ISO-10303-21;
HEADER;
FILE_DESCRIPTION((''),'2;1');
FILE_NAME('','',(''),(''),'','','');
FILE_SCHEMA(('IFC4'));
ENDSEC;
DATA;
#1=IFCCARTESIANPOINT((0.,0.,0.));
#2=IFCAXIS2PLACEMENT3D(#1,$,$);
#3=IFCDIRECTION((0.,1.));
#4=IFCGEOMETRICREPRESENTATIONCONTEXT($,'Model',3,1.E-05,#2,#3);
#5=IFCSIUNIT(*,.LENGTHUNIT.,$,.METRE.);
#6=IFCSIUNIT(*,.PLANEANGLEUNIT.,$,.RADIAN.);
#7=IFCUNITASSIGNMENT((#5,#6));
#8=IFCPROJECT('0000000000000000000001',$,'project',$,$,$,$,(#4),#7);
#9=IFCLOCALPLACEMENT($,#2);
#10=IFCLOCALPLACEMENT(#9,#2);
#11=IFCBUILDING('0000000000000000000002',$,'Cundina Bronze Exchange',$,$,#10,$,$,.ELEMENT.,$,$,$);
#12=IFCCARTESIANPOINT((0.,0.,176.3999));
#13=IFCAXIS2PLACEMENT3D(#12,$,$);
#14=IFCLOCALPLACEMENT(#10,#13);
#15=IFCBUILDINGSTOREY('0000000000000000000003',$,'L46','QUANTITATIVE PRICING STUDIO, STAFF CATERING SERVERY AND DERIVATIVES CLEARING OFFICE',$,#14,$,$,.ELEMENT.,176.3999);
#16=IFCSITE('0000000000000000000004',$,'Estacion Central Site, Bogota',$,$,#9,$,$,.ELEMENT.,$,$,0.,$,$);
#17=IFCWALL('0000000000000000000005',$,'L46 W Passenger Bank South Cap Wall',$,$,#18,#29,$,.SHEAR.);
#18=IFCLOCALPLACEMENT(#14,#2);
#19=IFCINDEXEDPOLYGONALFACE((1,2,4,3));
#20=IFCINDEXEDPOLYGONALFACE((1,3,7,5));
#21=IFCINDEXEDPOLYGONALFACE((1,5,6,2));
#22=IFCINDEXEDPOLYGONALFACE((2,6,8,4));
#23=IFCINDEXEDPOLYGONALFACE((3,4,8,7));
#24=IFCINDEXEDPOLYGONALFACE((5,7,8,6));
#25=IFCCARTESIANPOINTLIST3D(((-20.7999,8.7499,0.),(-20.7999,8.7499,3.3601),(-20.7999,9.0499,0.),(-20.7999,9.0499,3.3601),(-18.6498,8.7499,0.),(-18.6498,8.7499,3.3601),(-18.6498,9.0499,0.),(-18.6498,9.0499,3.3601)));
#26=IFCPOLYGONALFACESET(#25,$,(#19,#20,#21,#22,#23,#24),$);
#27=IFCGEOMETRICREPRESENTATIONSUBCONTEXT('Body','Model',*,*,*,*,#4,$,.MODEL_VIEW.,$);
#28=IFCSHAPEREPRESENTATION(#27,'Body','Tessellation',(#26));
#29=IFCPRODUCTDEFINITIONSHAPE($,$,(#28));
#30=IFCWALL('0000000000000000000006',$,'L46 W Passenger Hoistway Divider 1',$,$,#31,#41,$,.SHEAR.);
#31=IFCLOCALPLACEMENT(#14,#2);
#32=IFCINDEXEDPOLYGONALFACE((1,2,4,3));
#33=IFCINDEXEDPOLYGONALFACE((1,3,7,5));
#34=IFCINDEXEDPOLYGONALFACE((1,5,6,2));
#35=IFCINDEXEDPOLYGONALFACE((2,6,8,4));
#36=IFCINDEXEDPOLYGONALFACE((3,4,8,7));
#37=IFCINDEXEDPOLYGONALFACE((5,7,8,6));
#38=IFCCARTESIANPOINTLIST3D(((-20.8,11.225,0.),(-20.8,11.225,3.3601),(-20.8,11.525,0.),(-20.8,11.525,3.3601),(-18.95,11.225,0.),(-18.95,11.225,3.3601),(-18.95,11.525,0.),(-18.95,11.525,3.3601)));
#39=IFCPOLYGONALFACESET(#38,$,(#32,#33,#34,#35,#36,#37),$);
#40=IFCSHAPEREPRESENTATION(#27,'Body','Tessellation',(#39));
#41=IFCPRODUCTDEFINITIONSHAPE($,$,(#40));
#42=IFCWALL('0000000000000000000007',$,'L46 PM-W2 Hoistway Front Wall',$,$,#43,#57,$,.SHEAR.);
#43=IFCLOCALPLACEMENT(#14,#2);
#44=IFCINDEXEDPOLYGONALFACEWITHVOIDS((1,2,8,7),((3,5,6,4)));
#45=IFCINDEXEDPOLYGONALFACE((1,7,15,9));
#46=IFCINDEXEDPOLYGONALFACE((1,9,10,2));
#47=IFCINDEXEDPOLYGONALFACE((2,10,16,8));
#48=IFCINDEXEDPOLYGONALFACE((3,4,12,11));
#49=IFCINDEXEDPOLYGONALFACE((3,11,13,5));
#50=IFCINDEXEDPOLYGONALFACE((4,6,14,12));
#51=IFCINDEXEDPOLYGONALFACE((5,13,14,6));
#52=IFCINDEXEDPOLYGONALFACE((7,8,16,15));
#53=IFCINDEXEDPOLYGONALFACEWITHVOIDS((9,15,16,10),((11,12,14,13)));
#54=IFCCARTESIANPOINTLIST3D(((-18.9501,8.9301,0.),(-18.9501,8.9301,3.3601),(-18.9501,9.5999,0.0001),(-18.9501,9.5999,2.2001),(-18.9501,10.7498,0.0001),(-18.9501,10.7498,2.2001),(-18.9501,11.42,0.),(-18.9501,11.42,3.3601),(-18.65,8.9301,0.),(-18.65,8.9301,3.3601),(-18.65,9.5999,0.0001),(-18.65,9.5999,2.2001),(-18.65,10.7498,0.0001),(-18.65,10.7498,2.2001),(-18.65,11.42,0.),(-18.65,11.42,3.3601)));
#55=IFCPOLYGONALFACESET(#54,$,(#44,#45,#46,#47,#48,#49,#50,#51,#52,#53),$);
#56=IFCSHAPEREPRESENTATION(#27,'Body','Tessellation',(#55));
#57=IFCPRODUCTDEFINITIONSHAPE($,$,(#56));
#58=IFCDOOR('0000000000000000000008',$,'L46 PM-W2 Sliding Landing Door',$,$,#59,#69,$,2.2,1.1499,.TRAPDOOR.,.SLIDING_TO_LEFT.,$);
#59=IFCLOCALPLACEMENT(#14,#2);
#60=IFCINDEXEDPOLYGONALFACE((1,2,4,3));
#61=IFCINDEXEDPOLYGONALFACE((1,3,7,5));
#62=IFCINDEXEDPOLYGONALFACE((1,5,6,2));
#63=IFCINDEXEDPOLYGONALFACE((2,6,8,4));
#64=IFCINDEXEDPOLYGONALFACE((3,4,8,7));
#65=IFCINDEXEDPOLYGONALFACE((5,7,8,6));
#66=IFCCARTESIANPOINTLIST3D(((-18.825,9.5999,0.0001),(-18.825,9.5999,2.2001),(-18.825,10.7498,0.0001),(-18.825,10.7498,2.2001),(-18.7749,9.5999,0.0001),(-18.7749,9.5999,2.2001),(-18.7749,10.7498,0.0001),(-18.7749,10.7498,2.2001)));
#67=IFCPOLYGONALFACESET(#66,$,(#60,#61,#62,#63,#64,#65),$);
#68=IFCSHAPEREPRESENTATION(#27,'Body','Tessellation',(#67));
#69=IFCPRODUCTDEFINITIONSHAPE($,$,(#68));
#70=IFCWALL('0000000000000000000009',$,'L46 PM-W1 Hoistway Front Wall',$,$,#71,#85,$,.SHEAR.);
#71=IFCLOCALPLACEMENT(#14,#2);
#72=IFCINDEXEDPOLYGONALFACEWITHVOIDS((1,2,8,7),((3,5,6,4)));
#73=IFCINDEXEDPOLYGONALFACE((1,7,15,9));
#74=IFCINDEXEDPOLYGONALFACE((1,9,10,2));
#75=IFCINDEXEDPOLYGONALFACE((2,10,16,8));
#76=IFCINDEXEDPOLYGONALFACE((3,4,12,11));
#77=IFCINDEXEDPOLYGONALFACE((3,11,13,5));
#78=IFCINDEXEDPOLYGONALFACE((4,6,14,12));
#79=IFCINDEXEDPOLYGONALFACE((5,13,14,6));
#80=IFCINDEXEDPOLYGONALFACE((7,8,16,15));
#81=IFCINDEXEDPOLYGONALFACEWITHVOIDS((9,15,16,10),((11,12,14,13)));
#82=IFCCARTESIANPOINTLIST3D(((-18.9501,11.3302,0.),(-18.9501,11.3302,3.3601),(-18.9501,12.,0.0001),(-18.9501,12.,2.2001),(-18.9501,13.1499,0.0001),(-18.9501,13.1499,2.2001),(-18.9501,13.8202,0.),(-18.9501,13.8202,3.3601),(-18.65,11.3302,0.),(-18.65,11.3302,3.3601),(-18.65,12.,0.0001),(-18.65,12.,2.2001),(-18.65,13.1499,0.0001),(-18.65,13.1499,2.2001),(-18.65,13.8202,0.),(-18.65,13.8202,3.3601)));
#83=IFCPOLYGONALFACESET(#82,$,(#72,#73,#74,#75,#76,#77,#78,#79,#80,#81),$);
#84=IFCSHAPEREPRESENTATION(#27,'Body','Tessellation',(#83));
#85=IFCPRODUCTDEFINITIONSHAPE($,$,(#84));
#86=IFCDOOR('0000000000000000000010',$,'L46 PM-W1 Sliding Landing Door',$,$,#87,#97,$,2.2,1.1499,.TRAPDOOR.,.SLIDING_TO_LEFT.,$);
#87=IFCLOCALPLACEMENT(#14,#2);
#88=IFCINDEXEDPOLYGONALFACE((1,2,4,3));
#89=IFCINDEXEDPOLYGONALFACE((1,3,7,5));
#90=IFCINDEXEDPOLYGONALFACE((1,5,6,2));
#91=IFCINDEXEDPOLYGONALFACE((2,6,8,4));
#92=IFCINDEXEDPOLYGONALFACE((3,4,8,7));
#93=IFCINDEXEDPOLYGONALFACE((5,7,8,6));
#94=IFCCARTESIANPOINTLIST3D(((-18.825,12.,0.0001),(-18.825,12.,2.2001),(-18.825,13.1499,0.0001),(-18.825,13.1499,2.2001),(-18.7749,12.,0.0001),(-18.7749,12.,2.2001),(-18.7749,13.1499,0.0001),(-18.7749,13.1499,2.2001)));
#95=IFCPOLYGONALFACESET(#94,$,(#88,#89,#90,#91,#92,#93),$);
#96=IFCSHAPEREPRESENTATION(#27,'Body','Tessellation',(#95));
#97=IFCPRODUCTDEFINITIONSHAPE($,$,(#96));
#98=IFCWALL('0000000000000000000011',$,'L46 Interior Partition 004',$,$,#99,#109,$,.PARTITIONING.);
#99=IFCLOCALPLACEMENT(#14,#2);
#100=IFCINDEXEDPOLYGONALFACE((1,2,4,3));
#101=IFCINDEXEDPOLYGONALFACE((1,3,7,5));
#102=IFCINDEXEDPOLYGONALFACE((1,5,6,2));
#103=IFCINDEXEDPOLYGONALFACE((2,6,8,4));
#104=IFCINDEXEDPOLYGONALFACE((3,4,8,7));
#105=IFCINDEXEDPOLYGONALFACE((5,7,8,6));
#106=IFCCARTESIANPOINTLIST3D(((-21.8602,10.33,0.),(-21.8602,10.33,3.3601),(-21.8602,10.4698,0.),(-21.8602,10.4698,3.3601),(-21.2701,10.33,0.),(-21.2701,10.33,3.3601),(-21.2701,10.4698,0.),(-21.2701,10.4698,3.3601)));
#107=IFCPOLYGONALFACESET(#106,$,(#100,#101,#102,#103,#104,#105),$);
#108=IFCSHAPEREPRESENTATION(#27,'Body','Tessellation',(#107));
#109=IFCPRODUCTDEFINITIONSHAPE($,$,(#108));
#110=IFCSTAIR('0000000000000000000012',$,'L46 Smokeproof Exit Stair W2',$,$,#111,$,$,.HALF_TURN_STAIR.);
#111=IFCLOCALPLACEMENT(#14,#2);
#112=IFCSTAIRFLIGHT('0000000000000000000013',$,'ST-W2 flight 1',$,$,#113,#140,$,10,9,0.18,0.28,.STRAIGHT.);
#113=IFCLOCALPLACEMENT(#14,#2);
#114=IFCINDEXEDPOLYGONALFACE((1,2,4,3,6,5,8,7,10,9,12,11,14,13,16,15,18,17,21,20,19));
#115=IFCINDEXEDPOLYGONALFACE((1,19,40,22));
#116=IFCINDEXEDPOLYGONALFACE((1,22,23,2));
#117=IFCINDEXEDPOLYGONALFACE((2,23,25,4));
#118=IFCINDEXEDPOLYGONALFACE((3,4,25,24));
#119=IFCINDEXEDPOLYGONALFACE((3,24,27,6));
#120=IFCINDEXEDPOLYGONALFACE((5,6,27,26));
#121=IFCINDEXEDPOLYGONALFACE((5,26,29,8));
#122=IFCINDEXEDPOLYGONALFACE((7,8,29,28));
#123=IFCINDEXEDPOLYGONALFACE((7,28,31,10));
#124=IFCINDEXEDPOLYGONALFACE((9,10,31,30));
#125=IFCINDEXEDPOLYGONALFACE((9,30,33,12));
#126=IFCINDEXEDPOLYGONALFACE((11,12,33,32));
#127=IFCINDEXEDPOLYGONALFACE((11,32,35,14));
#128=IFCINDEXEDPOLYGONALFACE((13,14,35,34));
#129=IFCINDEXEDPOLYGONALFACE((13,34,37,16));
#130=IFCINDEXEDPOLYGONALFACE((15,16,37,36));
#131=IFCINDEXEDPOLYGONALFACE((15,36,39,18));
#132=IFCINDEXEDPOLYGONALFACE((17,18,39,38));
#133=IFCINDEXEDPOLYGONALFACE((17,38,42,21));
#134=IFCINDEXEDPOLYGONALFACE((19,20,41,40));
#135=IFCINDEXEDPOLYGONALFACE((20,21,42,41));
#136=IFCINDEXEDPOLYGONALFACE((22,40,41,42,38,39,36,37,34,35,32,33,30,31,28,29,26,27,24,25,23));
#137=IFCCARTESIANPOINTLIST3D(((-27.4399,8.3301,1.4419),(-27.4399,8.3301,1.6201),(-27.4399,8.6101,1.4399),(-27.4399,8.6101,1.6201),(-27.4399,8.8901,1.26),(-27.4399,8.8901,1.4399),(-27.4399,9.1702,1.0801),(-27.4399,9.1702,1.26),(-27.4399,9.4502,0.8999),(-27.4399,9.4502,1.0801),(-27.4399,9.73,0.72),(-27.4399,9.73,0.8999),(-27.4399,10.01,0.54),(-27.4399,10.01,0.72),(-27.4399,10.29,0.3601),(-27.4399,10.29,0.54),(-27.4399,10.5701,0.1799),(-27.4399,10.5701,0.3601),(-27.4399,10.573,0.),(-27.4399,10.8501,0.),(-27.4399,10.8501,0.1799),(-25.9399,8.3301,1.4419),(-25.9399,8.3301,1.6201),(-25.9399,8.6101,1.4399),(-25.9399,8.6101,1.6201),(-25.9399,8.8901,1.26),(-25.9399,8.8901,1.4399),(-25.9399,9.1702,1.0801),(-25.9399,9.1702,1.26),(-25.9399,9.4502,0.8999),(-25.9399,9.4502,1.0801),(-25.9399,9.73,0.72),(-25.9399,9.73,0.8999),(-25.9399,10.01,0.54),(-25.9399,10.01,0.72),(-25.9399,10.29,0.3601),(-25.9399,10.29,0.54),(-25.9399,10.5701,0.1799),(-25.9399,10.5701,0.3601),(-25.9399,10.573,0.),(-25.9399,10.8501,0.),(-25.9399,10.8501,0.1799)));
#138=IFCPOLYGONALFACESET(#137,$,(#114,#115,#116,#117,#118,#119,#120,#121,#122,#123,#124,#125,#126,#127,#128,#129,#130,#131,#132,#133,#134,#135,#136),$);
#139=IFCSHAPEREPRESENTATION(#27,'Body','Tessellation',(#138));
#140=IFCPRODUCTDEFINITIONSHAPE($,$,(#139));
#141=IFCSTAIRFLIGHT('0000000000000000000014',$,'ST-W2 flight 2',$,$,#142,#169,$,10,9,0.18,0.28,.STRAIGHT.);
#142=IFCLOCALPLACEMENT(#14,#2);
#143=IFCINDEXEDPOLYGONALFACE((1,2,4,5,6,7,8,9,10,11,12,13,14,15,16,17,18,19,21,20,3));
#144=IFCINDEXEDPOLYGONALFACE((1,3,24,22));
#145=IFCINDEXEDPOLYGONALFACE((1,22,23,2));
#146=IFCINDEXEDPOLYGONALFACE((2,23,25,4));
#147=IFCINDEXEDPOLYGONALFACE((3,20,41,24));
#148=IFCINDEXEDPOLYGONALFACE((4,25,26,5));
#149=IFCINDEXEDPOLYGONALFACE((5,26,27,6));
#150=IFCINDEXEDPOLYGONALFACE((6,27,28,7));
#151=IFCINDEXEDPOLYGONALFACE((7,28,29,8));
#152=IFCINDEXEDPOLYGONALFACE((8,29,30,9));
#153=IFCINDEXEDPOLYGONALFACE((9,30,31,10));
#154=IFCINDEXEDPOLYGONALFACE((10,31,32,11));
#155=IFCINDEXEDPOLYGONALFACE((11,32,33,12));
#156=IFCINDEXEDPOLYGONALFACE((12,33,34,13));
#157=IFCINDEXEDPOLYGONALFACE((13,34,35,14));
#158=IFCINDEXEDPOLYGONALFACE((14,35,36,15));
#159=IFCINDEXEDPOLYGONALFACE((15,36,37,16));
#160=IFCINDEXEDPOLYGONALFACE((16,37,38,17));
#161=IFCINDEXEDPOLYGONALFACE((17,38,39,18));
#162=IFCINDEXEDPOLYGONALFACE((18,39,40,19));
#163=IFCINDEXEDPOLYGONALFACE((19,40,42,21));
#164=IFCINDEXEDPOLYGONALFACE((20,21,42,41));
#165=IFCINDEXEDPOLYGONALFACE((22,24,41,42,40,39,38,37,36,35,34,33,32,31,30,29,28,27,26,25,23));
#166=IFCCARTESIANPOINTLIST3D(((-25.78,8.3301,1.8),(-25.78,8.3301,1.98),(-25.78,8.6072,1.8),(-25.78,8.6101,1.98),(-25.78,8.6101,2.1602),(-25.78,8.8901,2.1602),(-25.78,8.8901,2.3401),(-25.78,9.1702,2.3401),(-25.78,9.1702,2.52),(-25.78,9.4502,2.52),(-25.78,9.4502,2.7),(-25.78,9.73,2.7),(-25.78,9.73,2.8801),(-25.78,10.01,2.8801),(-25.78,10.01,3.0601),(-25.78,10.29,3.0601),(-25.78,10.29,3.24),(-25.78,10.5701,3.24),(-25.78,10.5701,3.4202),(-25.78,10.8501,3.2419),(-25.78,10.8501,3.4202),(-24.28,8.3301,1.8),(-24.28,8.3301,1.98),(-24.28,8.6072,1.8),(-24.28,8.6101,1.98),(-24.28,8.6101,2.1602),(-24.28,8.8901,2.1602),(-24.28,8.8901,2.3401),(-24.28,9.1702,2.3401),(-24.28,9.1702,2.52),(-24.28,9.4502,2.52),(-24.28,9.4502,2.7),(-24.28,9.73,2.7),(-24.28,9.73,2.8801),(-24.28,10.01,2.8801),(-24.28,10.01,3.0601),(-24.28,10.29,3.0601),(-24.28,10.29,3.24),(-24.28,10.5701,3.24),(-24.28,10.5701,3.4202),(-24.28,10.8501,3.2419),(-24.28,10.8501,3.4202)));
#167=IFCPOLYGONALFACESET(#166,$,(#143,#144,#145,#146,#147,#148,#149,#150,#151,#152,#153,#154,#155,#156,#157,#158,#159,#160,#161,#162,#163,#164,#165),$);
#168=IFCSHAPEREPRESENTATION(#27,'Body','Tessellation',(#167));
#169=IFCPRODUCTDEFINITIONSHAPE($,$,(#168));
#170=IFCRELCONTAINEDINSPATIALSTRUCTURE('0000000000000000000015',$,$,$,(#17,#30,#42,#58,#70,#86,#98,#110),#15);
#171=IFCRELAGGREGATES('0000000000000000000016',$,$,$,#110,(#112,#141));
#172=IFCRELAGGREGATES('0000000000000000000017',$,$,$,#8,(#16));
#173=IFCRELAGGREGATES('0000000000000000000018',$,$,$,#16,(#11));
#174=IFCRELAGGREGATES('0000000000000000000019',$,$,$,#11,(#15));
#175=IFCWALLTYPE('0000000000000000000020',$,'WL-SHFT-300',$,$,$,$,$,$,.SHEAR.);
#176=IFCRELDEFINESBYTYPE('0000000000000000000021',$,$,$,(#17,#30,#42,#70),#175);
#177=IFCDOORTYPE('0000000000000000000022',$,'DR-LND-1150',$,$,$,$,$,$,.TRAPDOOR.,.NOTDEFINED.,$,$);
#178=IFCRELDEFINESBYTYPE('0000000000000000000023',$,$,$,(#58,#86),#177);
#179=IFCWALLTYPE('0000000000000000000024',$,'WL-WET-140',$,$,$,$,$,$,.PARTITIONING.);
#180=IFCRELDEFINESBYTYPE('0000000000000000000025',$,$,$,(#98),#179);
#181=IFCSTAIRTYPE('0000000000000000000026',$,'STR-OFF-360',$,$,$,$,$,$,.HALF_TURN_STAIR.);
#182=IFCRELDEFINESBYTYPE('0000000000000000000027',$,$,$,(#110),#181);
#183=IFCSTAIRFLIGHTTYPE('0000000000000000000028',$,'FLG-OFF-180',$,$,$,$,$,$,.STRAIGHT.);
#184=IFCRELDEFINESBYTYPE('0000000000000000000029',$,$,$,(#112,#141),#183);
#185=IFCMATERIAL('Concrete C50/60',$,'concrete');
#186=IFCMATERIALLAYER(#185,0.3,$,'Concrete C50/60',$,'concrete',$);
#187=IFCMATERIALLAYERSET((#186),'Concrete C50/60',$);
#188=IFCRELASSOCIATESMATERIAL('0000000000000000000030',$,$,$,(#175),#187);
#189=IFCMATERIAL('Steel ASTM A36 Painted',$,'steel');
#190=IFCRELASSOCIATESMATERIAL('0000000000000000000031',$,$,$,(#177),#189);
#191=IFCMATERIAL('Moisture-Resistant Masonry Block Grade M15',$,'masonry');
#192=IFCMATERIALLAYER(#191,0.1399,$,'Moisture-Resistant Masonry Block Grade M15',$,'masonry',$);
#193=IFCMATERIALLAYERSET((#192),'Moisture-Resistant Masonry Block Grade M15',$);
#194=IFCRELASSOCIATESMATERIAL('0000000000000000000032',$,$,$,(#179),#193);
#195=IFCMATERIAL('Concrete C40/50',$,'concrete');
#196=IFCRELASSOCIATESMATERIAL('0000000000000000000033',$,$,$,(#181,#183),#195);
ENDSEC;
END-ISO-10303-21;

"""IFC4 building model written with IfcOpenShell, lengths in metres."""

from ifc_helpers import new_model, si_unit, direction, frame, frame_2d, origin, place, context, subcontext, project, spatial, polyline, rectangle, outline, extrude, material, layer, layer_set, type_object, element, fill, aggregate, save


model = new_model("IFC4")

# Units and contexts
model_context = context("Model", 3, precision=1e-05, world=origin(), true_north=direction((0.0, 1.0)))
body_context = subcontext(model_context, "Body", "Model", "MODEL_VIEW")
ifc_project = project(units=[si_unit("LENGTHUNIT", "METRE"), si_unit("PLANEANGLEUNIT", "RADIAN")], contexts=[model_context])

# Site, building, storey
site_placement = place(None, origin())
site = spatial("IfcSite", under=ifc_project, at=site_placement, Name="Estacion Central Site, Bogota", CompositionType="ELEMENT", RefElevation=0.0)
building_placement = place(site_placement, origin())
building = spatial("IfcBuilding", under=site, at=building_placement, Name="Cundina Bronze Exchange", CompositionType="ELEMENT")
storey_placement = place(building_placement, frame((0.0, 0.0, 176.3999)))
storey = spatial("IfcBuildingStorey", under=building, at=storey_placement, Name="L46", Description="QUANTITATIVE PRICING STUDIO, STAFF CATERING SERVERY AND DERIVATIVES CLEARING OFFICE", CompositionType="ELEMENT", Elevation=176.3999)

# Shared definitions
ifc_material_1 = material(Name="Concrete C50/60", Category="concrete")

# Shared definitions
ifc_layer_1 = layer(ifc_material_1, 0.3, Name="Concrete C50/60", Category="concrete")
ifc_layer_set_1 = layer_set([ifc_layer_1], Name="Concrete C50/60")
wall_type_1 = type_object("IfcWallType", Name="WL-SHFT-300", PredefinedType="SHEAR", material=ifc_layer_set_1)
ifc_material_2 = material(Name="Steel ASTM A36 Painted", Category="steel")
door_type_1 = type_object("IfcDoorType", Name="DR-LND-1150", OperationType="NOTDEFINED", PredefinedType="TRAPDOOR", material=ifc_material_2)

# Walls
wall_1_placement = place(storey_placement, frame((-20.8, 8.8999, 0.0), z_axis=(0.0, 0.0, 1.0), x_axis=(1.0, 0.0, 0.0)))
element("IfcWall", 1, at=wall_1_placement, inside=storey, type_object=wall_type_1, Name="L46 W Passenger Bank South Cap Wall", PredefinedType="SHEAR", context=body_context, shape_type="SweptSolid", body=[
    extrude(rectangle(XDim=2.1501, YDim=0.3, at=frame_2d((1.0752, 0.0))), origin(), (0.0, 0.0, 1.0), 3.3601),
])
wall_2_placement = place(storey_placement, frame((-20.8, 11.375, 0.0), z_axis=(0.0, 0.0, 1.0), x_axis=(1.0, 0.0, 0.0)))
element("IfcWall", 2, at=wall_2_placement, inside=storey, type_object=wall_type_1, Name="L46 W Passenger Hoistway Divider 1", PredefinedType="SHEAR", context=body_context, shape_type="SweptSolid", body=[
    extrude(rectangle(XDim=1.8501, YDim=0.3, at=frame_2d((0.925, 0.0))), origin(), (0.0, 0.0, 1.0), 3.3601),
])

# Walls, openings, doors
wall_3_placement = place(storey_placement, frame((-18.8, 8.9299, 0.0), z_axis=(0.0, 0.0, 1.0), x_axis=(0.0, 1.0, 0.0)))
wall_3 = element("IfcWall", 3, at=wall_3_placement, inside=storey, type_object=wall_type_1, Name="L46 PM-W2 Hoistway Front Wall", PredefinedType="SHEAR", context=body_context, shape_type="SweptSolid", body=[
    extrude(rectangle(XDim=2.49, YDim=0.3, at=frame_2d((1.2451, 0.0))), origin(), (0.0, 0.0, 1.0), 3.3601),
])
opening_1_placement = place(wall_3_placement, frame((0.6699, 0.0, 0.0)))
opening_1 = element("IfcOpeningElement", 4, at=opening_1_placement, cuts=wall_3, PredefinedType="OPENING", context=body_context, shape_type="SweptSolid", body=[
    extrude(rectangle(XDim=1.1499, YDim=2.2, at=frame_2d((0.575, 1.1001))), frame((0.0, 0.1599, 0.0), z_axis=(0.0, -1.0, 0.0), x_axis=(1.0, 0.0, 0.0)), (0.0, 0.0, 1.0), 0.3201),
])
door_1_placement = place(opening_1_placement, origin())
door_1 = element("IfcDoor", 5, at=door_1_placement, inside=storey, type_object=door_type_1, Name="L46 PM-W2 Sliding Landing Door", OperationType="SLIDING_TO_LEFT", OverallHeight=2.2, OverallWidth=1.1499, PredefinedType="TRAPDOOR", context=body_context, shape_type="SweptSolid", body=[
    extrude(rectangle(XDim=1.1499, YDim=2.2, at=frame_2d((0.575, 1.1001))), frame((0.0, 0.0249, 0.0), z_axis=(0.0, -1.0, 0.0), x_axis=(1.0, 0.0, 0.0)), (0.0, 0.0, 1.0), 0.05),
])
fill(opening_1, door_1)
wall_4_placement = place(storey_placement, frame((-18.8, 11.3301, 0.0), z_axis=(0.0, 0.0, 1.0), x_axis=(0.0, 1.0, 0.0)))
wall_4 = element("IfcWall", 6, at=wall_4_placement, inside=storey, type_object=wall_type_1, Name="L46 PM-W1 Hoistway Front Wall", PredefinedType="SHEAR", context=body_context, shape_type="SweptSolid", body=[
    extrude(rectangle(XDim=2.49, YDim=0.3, at=frame_2d((1.2451, 0.0))), origin(), (0.0, 0.0, 1.0), 3.3601),
])
opening_2_placement = place(wall_4_placement, frame((0.6699, 0.0, 0.0)))
opening_2 = element("IfcOpeningElement", 7, at=opening_2_placement, cuts=wall_4, PredefinedType="OPENING", context=body_context, shape_type="SweptSolid", body=[
    extrude(rectangle(XDim=1.1499, YDim=2.2, at=frame_2d((0.575, 1.1001))), frame((0.0, 0.1599, 0.0), z_axis=(0.0, -1.0, 0.0), x_axis=(1.0, 0.0, 0.0)), (0.0, 0.0, 1.0), 0.3201),
])
door_2_placement = place(opening_2_placement, origin())
door_2 = element("IfcDoor", 8, at=door_2_placement, inside=storey, type_object=door_type_1, Name="L46 PM-W1 Sliding Landing Door", OperationType="SLIDING_TO_LEFT", OverallHeight=2.2, OverallWidth=1.1499, PredefinedType="TRAPDOOR", context=body_context, shape_type="SweptSolid", body=[
    extrude(rectangle(XDim=1.1499, YDim=2.2, at=frame_2d((0.575, 1.1001))), frame((0.0, 0.0249, 0.0), z_axis=(0.0, -1.0, 0.0), x_axis=(1.0, 0.0, 0.0)), (0.0, 0.0, 1.0), 0.05),
])
fill(opening_2, door_2)

# Wall
ifc_material_3 = material(Name="Moisture-Resistant Masonry Block Grade M15", Category="masonry")
ifc_layer_2 = layer(ifc_material_3, 0.1399, Name="Moisture-Resistant Masonry Block Grade M15", Category="masonry")
ifc_layer_set_2 = layer_set([ifc_layer_2], Name="Moisture-Resistant Masonry Block Grade M15")
wall_type_2 = type_object("IfcWallType", Name="WL-WET-140", PredefinedType="PARTITIONING", material=ifc_layer_set_2)
wall_5_placement = place(storey_placement, frame((-21.8601, 10.3999, 0.0), z_axis=(0.0, 0.0, 1.0), x_axis=(1.0, 0.0, 0.0)))
element("IfcWall", 9, at=wall_5_placement, inside=storey, type_object=wall_type_2, Name="L46 Interior Partition 004", PredefinedType="PARTITIONING", context=body_context, shape_type="SweptSolid", body=[
    extrude(rectangle(XDim=0.5901, YDim=0.1399, at=frame_2d((0.2949, 0.0))), origin(), (0.0, 0.0, 1.0), 3.3601),
])

# Stair, stair flights
ifc_material_4 = material(Name="Concrete C40/50", Category="concrete")
stair_type = type_object("IfcStairType", Name="STR-OFF-360", PredefinedType="HALF_TURN_STAIR", material=ifc_material_4)
stair_placement = place(storey_placement, origin())
stair = element("IfcStair", 10, at=stair_placement, inside=storey, type_object=stair_type, Name="L46 Smokeproof Exit Stair W2", PredefinedType="HALF_TURN_STAIR")
stair_flight_type = type_object("IfcStairFlightType", Name="FLG-OFF-180", PredefinedType="STRAIGHT", material=ifc_material_4)
stair_flight_1_placement = place(storey_placement, frame((-26.6899, 10.8501, 0.0), z_axis=(0.0, 0.0, 1.0), x_axis=(0.0, -1.0, 0.0)))
stair_flight_1 = element("IfcStairFlight", 11, at=stair_flight_1_placement, type_object=stair_flight_type, Name="ST-W2 flight 1", NumberOfRisers=10, NumberOfTreads=9, PredefinedType="STRAIGHT", RiserHeight=0.18, TreadLength=0.28, context=body_context, shape_type="SweptSolid", body=[
    extrude(outline(polyline([(0.0, 0.0), (0.0, 0.1799), (0.28, 0.1799), (0.28, 0.3601), (0.5601, 0.3601), (0.5601, 0.54), (0.8401, 0.54), (0.8401, 0.72), (1.1201, 0.72), (1.1201, 0.8999), (1.3999, 0.8999), (1.3999, 1.0801), (1.6799, 1.0801), (1.6799, 1.26), (1.96, 1.26), (1.96, 1.4399), (2.24, 1.4399), (2.24, 1.6201), (2.52, 1.6201), (2.52, 1.8), (2.52, 1.4419), (0.2771, 0.0), (0.0, 0.0)])), frame((0.0, 0.75, 0.0), z_axis=(0.0, -1.0, 0.0), x_axis=(1.0, 0.0, 0.0)), (0.0, 0.0, 1.0), 1.5),
])
stair_flight_2_placement = place(storey_placement, frame((-25.03, 8.3301, 1.8), z_axis=(0.0, 0.0, 1.0), x_axis=(0.0, 1.0, 0.0)))
stair_flight_2 = element("IfcStairFlight", 12, at=stair_flight_2_placement, type_object=stair_flight_type, Name="ST-W2 flight 2", NumberOfRisers=10, NumberOfTreads=9, PredefinedType="STRAIGHT", RiserHeight=0.18, TreadLength=0.28, context=body_context, shape_type="SweptSolid", body=[
    extrude(outline(polyline([(0.0, 0.0), (0.0, 0.1799), (0.28, 0.1799), (0.28, 0.3601), (0.5601, 0.3601), (0.5601, 0.54), (0.8401, 0.54), (0.8401, 0.72), (1.1201, 0.72), (1.1201, 0.8999), (1.3999, 0.8999), (1.3999, 1.0801), (1.6799, 1.0801), (1.6799, 1.26), (1.96, 1.26), (1.96, 1.4399), (2.24, 1.4399), (2.24, 1.6201), (2.52, 1.6201), (2.52, 1.8), (2.52, 1.4419), (0.2771, 0.0), (0.0, 0.0)])), frame((0.0, 0.75, 0.0), z_axis=(0.0, -1.0, 0.0), x_axis=(1.0, 0.0, 0.0)), (0.0, 0.0, 1.0), 1.5),
])
aggregate(stair, [stair_flight_1, stair_flight_2])

save(model, "model.ifc")
